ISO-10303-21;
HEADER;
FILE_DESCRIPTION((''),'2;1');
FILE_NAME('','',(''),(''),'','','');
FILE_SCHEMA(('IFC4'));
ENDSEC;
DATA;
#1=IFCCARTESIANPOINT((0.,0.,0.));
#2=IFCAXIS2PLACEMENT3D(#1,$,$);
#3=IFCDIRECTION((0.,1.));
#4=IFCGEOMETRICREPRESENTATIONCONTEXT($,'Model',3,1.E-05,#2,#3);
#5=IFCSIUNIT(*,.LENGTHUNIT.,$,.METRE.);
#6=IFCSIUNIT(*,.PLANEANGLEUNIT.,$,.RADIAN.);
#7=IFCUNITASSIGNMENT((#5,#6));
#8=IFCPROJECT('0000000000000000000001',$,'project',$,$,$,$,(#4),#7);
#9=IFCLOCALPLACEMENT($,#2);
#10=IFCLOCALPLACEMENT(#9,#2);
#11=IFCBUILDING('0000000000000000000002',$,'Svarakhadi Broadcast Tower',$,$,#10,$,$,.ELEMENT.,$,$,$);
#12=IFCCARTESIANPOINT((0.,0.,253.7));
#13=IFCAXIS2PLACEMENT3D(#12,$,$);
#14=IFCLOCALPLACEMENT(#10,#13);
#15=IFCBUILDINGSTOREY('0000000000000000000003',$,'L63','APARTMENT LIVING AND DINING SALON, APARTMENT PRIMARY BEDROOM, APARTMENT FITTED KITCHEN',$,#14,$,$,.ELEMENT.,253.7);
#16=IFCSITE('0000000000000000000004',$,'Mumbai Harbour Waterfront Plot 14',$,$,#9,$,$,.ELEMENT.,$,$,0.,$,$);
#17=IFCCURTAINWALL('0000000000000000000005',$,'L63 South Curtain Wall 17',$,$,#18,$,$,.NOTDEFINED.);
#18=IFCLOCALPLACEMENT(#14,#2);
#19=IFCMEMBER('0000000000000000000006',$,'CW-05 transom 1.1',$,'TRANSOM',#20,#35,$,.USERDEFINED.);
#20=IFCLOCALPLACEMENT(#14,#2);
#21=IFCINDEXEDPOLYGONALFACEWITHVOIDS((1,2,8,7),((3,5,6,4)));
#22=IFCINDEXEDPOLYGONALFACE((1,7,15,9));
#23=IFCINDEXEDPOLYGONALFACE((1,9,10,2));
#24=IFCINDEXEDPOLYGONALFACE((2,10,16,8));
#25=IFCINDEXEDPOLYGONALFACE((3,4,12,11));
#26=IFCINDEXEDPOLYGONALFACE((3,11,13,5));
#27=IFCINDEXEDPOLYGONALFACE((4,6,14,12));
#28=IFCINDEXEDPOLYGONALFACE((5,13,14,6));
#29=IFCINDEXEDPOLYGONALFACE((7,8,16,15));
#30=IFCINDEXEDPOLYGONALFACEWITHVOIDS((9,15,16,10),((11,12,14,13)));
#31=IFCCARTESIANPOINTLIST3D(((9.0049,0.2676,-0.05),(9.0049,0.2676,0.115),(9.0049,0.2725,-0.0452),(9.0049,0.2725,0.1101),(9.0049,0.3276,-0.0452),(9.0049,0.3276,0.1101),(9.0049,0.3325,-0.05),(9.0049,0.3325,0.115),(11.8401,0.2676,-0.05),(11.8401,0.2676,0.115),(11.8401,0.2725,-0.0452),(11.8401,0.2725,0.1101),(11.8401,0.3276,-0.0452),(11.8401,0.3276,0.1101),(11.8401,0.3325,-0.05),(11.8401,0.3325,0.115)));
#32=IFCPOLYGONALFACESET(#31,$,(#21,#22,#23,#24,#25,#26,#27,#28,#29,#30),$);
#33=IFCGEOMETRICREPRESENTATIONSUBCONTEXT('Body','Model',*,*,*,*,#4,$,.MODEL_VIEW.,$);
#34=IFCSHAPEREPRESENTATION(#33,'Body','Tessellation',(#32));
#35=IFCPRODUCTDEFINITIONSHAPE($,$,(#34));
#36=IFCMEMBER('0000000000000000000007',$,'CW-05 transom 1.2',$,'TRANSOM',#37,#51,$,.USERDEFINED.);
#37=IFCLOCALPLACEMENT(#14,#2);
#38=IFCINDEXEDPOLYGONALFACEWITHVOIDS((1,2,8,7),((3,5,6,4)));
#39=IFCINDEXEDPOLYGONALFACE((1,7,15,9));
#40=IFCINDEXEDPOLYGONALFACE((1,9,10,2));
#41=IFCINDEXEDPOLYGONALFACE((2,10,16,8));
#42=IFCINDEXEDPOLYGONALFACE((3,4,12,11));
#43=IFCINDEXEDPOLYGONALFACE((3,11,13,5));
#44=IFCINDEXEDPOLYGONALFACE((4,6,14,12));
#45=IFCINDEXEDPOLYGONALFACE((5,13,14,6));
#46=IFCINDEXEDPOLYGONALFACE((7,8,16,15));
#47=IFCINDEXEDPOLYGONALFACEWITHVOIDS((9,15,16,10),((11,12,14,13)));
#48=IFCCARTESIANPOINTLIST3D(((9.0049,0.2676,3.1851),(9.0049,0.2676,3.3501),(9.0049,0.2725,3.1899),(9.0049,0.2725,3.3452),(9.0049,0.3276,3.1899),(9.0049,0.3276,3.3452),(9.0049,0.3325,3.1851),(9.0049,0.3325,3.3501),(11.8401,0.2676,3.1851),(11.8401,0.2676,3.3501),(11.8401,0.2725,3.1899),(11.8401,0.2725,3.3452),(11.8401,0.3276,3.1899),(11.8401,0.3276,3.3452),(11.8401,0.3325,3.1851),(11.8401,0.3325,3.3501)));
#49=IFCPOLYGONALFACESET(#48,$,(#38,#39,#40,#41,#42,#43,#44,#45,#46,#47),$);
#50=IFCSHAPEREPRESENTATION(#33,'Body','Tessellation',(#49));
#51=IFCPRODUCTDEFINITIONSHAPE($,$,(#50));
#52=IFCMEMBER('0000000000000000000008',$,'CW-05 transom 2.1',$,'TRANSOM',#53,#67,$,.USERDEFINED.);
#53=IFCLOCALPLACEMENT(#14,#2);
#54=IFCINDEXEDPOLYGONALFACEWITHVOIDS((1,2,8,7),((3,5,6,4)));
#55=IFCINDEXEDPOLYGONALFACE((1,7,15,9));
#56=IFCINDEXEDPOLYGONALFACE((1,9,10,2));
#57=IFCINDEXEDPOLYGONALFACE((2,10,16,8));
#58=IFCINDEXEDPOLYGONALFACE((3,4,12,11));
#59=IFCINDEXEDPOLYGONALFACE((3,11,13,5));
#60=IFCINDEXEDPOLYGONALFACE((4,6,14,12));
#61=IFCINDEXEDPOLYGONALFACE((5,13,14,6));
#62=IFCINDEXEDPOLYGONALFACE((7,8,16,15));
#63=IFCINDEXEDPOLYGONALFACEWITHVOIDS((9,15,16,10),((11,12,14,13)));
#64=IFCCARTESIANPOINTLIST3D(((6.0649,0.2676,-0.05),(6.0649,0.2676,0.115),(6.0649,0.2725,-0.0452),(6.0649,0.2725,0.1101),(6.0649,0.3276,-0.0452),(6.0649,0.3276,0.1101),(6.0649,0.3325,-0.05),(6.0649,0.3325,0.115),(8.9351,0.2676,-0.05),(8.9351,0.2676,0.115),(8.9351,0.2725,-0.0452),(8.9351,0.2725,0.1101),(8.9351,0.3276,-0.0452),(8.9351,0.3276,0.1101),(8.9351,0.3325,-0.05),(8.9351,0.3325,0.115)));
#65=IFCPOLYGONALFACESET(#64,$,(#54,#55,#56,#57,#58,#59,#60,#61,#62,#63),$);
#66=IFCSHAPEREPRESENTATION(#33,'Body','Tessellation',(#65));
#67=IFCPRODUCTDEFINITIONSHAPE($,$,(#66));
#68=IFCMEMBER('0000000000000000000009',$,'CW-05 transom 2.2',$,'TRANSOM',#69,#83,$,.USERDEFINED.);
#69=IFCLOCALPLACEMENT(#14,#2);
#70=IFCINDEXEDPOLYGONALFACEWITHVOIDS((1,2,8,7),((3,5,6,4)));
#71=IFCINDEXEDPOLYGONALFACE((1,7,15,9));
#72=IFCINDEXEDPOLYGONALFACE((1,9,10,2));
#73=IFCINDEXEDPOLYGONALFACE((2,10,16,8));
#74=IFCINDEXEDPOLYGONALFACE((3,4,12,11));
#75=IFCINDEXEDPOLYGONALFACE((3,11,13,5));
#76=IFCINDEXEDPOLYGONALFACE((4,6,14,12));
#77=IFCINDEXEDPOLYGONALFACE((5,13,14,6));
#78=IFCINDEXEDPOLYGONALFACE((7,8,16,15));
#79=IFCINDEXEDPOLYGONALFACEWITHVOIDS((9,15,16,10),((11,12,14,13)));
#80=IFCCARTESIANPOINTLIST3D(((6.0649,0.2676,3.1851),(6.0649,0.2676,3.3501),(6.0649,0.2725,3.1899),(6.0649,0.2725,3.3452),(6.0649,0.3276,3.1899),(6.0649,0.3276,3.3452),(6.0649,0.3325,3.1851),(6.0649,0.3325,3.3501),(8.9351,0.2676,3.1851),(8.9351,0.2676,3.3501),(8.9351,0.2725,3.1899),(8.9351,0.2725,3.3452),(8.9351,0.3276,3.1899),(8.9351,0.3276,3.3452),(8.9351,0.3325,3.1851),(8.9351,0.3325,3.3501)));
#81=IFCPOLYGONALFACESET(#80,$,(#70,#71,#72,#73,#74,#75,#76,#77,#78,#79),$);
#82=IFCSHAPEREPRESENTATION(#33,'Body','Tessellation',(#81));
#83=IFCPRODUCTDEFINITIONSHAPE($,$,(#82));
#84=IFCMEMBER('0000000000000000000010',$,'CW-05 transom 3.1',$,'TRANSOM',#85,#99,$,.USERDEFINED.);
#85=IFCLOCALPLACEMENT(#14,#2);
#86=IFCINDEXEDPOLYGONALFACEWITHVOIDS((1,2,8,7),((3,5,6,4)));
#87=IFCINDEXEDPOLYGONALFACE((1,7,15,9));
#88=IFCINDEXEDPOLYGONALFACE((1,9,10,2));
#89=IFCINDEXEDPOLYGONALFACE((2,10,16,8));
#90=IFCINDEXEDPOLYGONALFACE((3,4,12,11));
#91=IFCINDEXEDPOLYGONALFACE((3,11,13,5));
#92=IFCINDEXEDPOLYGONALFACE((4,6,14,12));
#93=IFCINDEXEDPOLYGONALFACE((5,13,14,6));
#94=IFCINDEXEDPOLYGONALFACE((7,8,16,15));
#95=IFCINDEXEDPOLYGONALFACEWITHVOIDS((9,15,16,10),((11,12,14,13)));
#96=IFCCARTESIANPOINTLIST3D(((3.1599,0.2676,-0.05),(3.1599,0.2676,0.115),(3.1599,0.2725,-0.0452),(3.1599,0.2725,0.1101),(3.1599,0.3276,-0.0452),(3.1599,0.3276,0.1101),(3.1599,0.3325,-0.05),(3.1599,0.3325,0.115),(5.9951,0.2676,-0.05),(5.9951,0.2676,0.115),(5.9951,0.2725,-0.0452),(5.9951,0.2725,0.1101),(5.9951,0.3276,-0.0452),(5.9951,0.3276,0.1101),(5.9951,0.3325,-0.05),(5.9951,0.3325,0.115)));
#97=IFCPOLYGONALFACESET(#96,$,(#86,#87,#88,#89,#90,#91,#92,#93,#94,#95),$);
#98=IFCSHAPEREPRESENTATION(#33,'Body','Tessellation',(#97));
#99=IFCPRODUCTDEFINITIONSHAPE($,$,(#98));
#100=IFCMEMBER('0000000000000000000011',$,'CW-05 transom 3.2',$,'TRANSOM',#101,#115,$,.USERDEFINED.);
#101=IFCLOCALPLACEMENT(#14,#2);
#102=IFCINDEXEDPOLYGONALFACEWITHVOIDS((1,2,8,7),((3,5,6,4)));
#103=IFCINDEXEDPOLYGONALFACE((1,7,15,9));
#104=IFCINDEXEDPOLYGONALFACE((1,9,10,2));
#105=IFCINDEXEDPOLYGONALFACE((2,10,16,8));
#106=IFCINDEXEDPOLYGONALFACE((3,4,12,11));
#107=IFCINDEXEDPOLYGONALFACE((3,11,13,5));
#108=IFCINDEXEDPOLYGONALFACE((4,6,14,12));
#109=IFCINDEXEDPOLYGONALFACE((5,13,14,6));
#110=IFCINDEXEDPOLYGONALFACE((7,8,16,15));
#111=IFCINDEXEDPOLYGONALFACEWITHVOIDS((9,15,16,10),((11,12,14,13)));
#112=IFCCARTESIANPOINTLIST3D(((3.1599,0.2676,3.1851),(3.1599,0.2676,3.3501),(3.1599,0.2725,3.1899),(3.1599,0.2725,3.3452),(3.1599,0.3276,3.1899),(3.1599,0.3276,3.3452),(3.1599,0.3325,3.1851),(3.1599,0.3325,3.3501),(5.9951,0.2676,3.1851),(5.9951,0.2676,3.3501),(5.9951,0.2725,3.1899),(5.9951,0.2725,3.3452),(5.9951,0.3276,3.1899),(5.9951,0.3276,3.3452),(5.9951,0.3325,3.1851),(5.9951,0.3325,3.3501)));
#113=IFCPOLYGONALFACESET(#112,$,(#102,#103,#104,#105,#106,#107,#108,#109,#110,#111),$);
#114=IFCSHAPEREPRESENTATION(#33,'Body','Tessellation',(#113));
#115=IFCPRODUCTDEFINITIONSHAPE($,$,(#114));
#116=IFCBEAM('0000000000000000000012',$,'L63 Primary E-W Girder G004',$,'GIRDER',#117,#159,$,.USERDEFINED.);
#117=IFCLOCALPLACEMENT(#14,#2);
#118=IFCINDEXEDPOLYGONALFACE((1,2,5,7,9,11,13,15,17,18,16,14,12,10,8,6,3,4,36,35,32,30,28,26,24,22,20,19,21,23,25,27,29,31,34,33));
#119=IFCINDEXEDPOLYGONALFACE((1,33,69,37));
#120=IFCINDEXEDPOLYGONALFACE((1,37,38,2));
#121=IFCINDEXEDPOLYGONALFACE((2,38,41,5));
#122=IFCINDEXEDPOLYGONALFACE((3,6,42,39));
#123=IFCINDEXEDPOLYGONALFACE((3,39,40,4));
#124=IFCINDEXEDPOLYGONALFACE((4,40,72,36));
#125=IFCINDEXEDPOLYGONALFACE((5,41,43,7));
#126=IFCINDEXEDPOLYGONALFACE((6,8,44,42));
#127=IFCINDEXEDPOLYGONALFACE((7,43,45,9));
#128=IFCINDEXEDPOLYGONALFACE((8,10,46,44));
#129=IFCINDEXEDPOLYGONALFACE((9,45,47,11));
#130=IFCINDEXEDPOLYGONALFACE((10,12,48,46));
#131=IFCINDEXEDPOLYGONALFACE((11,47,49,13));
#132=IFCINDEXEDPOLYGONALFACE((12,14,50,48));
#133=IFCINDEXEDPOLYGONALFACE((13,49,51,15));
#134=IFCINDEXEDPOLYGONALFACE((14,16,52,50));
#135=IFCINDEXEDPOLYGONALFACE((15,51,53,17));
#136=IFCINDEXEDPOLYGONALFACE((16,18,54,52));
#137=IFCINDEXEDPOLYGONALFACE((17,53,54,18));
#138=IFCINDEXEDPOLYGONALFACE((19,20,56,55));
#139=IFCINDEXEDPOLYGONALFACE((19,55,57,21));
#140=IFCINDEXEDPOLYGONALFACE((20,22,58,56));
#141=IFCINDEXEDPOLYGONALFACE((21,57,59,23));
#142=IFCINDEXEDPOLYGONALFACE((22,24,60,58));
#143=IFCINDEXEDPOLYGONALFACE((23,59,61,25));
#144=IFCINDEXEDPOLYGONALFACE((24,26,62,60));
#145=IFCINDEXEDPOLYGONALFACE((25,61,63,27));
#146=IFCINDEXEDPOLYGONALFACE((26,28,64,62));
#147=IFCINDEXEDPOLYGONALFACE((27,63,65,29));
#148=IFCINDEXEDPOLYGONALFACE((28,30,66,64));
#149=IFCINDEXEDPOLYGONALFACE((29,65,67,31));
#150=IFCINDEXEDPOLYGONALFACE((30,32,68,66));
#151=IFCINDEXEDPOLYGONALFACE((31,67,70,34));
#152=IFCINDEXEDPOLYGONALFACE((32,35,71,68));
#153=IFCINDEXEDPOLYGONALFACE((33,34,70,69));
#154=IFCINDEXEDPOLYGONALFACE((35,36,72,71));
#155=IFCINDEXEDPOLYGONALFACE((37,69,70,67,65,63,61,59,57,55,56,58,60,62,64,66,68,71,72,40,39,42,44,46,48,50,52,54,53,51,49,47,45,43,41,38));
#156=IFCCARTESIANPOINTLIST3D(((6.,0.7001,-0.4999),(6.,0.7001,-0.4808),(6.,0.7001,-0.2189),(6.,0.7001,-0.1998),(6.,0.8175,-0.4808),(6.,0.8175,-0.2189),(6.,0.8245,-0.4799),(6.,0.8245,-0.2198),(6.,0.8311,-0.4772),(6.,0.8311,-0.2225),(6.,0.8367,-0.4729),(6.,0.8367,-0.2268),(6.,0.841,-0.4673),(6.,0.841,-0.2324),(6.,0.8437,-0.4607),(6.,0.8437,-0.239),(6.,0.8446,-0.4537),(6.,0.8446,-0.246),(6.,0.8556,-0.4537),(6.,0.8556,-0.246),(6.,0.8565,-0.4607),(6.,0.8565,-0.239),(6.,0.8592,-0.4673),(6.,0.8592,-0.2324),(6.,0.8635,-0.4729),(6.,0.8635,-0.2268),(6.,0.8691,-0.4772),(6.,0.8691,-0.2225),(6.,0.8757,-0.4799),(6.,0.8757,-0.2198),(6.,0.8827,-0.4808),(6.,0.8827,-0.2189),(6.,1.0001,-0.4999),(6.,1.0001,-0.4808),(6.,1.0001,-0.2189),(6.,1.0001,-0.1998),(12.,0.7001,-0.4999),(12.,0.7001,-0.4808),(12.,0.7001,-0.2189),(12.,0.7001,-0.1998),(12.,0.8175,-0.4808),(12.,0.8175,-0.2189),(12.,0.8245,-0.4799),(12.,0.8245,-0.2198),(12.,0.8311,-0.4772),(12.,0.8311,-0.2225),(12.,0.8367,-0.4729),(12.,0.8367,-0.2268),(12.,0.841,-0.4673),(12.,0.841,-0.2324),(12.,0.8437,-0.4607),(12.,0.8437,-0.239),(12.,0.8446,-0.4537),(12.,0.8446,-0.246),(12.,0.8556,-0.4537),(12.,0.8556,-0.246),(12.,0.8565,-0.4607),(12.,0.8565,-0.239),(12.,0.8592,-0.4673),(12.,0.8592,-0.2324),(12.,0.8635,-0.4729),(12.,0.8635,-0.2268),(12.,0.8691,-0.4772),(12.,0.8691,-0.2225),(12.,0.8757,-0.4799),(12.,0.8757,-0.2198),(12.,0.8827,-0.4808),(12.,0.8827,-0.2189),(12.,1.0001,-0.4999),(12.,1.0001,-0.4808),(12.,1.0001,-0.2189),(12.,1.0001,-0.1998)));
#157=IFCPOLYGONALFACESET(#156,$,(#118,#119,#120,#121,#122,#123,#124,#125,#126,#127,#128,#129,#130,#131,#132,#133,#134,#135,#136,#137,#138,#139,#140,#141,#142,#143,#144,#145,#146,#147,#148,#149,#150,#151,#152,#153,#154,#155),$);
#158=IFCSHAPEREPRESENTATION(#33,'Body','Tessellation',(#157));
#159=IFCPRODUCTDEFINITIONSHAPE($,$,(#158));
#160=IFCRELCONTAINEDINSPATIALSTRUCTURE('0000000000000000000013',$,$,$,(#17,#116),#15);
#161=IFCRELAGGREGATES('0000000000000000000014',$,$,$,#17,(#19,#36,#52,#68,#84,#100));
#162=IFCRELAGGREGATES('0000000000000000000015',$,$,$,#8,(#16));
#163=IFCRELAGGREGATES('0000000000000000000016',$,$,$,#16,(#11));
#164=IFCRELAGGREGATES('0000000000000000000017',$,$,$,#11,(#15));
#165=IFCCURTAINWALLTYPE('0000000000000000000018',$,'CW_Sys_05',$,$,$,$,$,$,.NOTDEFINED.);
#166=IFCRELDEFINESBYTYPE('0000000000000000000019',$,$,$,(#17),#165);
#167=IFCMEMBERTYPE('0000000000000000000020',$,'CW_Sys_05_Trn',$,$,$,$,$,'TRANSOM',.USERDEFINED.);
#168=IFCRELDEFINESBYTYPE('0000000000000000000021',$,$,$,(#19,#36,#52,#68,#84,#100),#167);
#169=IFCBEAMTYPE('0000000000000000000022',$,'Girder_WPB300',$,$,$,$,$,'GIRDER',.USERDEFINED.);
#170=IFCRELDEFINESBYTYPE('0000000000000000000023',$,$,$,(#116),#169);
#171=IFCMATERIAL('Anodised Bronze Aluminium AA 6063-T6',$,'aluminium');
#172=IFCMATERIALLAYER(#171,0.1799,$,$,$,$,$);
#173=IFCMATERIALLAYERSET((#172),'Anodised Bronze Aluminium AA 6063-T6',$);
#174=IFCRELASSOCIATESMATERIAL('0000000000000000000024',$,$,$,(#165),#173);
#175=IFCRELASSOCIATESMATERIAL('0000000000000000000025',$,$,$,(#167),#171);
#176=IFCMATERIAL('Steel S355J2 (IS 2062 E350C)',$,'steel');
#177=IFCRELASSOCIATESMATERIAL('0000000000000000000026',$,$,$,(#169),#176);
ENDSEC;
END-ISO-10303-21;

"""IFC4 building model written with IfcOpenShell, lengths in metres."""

from ifc_helpers import new_model, si_unit, direction, frame, origin, origin_2d, place, context, subcontext, project, spatial, hollow_rectangle, i_section, extrude, material, layer, layer_set, material_profile, profile_set, type_object, element, aggregate, save


model = new_model("IFC4")

# Units and contexts
model_context = context("Model", 3, precision=1e-05, world=origin(), true_north=direction((0.0, 1.0)))
body_context = subcontext(model_context, "Body", "Model", "MODEL_VIEW")
ifc_project = project(units=[si_unit("LENGTHUNIT", "METRE"), si_unit("PLANEANGLEUNIT", "RADIAN")], contexts=[model_context])

# Site, building, storey
site_placement = place(None, origin())
site = spatial("IfcSite", under=ifc_project, at=site_placement, Name="Mumbai Harbour Waterfront Plot 14", CompositionType="ELEMENT", RefElevation=0.0)
building_placement = place(site_placement, origin())
building = spatial("IfcBuilding", under=site, at=building_placement, Name="Svarakhadi Broadcast Tower", CompositionType="ELEMENT")
storey_placement = place(building_placement, frame((0.0, 0.0, 253.7)))
storey = spatial("IfcBuildingStorey", under=building, at=storey_placement, Name="L63", Description="APARTMENT LIVING AND DINING SALON, APARTMENT PRIMARY BEDROOM, APARTMENT FITTED KITCHEN", CompositionType="ELEMENT", Elevation=253.7)

# Curtain wall, members
ifc_material_1 = material(Name="Anodised Bronze Aluminium AA 6063-T6", Category="aluminium")
ifc_layer_1 = layer(ifc_material_1, 0.1799)
ifc_layer_set_1 = layer_set([ifc_layer_1], Name="Anodised Bronze Aluminium AA 6063-T6")
curtain_wall_type = type_object("IfcCurtainWallType", Name="CW_Sys_05", PredefinedType="NOTDEFINED", material=ifc_layer_set_1)
curtain_wall_placement = place(storey_placement, origin())
curtain_wall = element("IfcCurtainWall", 1, at=curtain_wall_placement, inside=storey, type_object=curtain_wall_type, Name="L63 South Curtain Wall 17", PredefinedType="NOTDEFINED")
ifc_material_profile_1 = material_profile(ifc_material_1, hollow_rectangle(XDim=0.0649, YDim=0.165, WallThickness=0.0049, at=origin_2d()), Name="ALU TRANSOM 165x65x5")
ifc_profile_set_1 = profile_set([ifc_material_profile_1], Name="Anodised Bronze Aluminium AA 6063-T6")
member_type_1 = type_object("IfcMemberType", Name="CW_Sys_05_Trn", ElementType="TRANSOM", PredefinedType="USERDEFINED", material=ifc_profile_set_1)
member_1_placement = place(storey_placement, frame((11.8401, 0.3, 0.0325), z_axis=(-1.0, 0.0, 0.0), x_axis=(0.0, -1.0, 0.0)))
member_1 = element("IfcMember", 2, at=member_1_placement, type_object=member_type_1, Name="CW-05 transom 1.1", ObjectType="TRANSOM", PredefinedType="USERDEFINED", context=body_context, shape_type="SweptSolid", body=[
    extrude(hollow_rectangle(XDim=0.0649, YDim=0.165, WallThickness=0.0049, at=origin_2d()), origin(), (0.0, 0.0, 1.0), 2.8352),
])
member_2_placement = place(storey_placement, frame((11.8401, 0.3, 3.2676), z_axis=(-1.0, 0.0, 0.0), x_axis=(0.0, -1.0, 0.0)))
member_2 = element("IfcMember", 3, at=member_2_placement, type_object=member_type_1, Name="CW-05 transom 1.2", ObjectType="TRANSOM", PredefinedType="USERDEFINED", context=body_context, shape_type="SweptSolid", body=[
    extrude(hollow_rectangle(XDim=0.0649, YDim=0.165, WallThickness=0.0049, at=origin_2d()), origin(), (0.0, 0.0, 1.0), 2.8352),
])
member_3_placement = place(storey_placement, frame((8.9351, 0.3, 0.0325), z_axis=(-1.0, 0.0, 0.0), x_axis=(0.0, -1.0, 0.0)))
member_3 = element("IfcMember", 4, at=member_3_placement, type_object=member_type_1, Name="CW-05 transom 2.1", ObjectType="TRANSOM", PredefinedType="USERDEFINED", context=body_context, shape_type="SweptSolid", body=[
    extrude(hollow_rectangle(XDim=0.0649, YDim=0.165, WallThickness=0.0049, at=origin_2d()), origin(), (0.0, 0.0, 1.0), 2.8701),
])
member_4_placement = place(storey_placement, frame((8.9351, 0.3, 3.2676), z_axis=(-1.0, 0.0, 0.0), x_axis=(0.0, -1.0, 0.0)))
member_4 = element("IfcMember", 5, at=member_4_placement, type_object=member_type_1, Name="CW-05 transom 2.2", ObjectType="TRANSOM", PredefinedType="USERDEFINED", context=body_context, shape_type="SweptSolid", body=[
    extrude(hollow_rectangle(XDim=0.0649, YDim=0.165, WallThickness=0.0049, at=origin_2d()), origin(), (0.0, 0.0, 1.0), 2.8701),
])
member_5_placement = place(storey_placement, frame((5.9951, 0.3, 0.0325), z_axis=(-1.0, 0.0, 0.0), x_axis=(0.0, -1.0, 0.0)))
member_5 = element("IfcMember", 6, at=member_5_placement, type_object=member_type_1, Name="CW-05 transom 3.1", ObjectType="TRANSOM", PredefinedType="USERDEFINED", context=body_context, shape_type="SweptSolid", body=[
    extrude(hollow_rectangle(XDim=0.0649, YDim=0.165, WallThickness=0.0049, at=origin_2d()), origin(), (0.0, 0.0, 1.0), 2.8352),
])
member_6_placement = place(storey_placement, frame((5.9951, 0.3, 3.2676), z_axis=(-1.0, 0.0, 0.0), x_axis=(0.0, -1.0, 0.0)))
member_6 = element("IfcMember", 7, at=member_6_placement, type_object=member_type_1, Name="CW-05 transom 3.2", ObjectType="TRANSOM", PredefinedType="USERDEFINED", context=body_context, shape_type="SweptSolid", body=[
    extrude(hollow_rectangle(XDim=0.0649, YDim=0.165, WallThickness=0.0049, at=origin_2d()), origin(), (0.0, 0.0, 1.0), 2.8352),
])

# Beam
ifc_material_2 = material(Name="Steel S355J2 (IS 2062 E350C)", Category="steel")
ifc_material_profile_2 = material_profile(ifc_material_2, i_section(OverallWidth=0.3, OverallDepth=0.3, WebThickness=0.011, FlangeThickness=0.019, FilletRadius=0.0271, at=origin_2d()), Name="WPB 300x300x117")
ifc_profile_set_2 = profile_set([ifc_material_profile_2], Name="Steel S355J2 (IS 2062 E350C)")
beam_type_1 = type_object("IfcBeamType", Name="Girder_WPB300", ElementType="GIRDER", PredefinedType="USERDEFINED", material=ifc_profile_set_2)
for number, where, z_axis, x_axis, name in (
    (8, (6.0, 0.8501, -0.3499), (1.0, 0.0, 0.0), (0.0, 1.0, 0.0), "L63 Primary E-W Girder G004"),
):
    element("IfcBeam", number, at=place(storey_placement, frame(where, z_axis=z_axis, x_axis=x_axis)), inside=storey, type_object=beam_type_1, Name=name, ObjectType="GIRDER", PredefinedType="USERDEFINED", context=body_context, shape_type="SweptSolid", body=[
        extrude(i_section(OverallWidth=0.3, OverallDepth=0.3, WebThickness=0.011, FlangeThickness=0.019, FilletRadius=0.0271, at=origin_2d()), origin(), (0.0, 0.0, 1.0), 6.0),
    ])

aggregate(curtain_wall, [member_1, member_2, member_3, member_4, member_5, member_6])

save(model, "model.ifc")
